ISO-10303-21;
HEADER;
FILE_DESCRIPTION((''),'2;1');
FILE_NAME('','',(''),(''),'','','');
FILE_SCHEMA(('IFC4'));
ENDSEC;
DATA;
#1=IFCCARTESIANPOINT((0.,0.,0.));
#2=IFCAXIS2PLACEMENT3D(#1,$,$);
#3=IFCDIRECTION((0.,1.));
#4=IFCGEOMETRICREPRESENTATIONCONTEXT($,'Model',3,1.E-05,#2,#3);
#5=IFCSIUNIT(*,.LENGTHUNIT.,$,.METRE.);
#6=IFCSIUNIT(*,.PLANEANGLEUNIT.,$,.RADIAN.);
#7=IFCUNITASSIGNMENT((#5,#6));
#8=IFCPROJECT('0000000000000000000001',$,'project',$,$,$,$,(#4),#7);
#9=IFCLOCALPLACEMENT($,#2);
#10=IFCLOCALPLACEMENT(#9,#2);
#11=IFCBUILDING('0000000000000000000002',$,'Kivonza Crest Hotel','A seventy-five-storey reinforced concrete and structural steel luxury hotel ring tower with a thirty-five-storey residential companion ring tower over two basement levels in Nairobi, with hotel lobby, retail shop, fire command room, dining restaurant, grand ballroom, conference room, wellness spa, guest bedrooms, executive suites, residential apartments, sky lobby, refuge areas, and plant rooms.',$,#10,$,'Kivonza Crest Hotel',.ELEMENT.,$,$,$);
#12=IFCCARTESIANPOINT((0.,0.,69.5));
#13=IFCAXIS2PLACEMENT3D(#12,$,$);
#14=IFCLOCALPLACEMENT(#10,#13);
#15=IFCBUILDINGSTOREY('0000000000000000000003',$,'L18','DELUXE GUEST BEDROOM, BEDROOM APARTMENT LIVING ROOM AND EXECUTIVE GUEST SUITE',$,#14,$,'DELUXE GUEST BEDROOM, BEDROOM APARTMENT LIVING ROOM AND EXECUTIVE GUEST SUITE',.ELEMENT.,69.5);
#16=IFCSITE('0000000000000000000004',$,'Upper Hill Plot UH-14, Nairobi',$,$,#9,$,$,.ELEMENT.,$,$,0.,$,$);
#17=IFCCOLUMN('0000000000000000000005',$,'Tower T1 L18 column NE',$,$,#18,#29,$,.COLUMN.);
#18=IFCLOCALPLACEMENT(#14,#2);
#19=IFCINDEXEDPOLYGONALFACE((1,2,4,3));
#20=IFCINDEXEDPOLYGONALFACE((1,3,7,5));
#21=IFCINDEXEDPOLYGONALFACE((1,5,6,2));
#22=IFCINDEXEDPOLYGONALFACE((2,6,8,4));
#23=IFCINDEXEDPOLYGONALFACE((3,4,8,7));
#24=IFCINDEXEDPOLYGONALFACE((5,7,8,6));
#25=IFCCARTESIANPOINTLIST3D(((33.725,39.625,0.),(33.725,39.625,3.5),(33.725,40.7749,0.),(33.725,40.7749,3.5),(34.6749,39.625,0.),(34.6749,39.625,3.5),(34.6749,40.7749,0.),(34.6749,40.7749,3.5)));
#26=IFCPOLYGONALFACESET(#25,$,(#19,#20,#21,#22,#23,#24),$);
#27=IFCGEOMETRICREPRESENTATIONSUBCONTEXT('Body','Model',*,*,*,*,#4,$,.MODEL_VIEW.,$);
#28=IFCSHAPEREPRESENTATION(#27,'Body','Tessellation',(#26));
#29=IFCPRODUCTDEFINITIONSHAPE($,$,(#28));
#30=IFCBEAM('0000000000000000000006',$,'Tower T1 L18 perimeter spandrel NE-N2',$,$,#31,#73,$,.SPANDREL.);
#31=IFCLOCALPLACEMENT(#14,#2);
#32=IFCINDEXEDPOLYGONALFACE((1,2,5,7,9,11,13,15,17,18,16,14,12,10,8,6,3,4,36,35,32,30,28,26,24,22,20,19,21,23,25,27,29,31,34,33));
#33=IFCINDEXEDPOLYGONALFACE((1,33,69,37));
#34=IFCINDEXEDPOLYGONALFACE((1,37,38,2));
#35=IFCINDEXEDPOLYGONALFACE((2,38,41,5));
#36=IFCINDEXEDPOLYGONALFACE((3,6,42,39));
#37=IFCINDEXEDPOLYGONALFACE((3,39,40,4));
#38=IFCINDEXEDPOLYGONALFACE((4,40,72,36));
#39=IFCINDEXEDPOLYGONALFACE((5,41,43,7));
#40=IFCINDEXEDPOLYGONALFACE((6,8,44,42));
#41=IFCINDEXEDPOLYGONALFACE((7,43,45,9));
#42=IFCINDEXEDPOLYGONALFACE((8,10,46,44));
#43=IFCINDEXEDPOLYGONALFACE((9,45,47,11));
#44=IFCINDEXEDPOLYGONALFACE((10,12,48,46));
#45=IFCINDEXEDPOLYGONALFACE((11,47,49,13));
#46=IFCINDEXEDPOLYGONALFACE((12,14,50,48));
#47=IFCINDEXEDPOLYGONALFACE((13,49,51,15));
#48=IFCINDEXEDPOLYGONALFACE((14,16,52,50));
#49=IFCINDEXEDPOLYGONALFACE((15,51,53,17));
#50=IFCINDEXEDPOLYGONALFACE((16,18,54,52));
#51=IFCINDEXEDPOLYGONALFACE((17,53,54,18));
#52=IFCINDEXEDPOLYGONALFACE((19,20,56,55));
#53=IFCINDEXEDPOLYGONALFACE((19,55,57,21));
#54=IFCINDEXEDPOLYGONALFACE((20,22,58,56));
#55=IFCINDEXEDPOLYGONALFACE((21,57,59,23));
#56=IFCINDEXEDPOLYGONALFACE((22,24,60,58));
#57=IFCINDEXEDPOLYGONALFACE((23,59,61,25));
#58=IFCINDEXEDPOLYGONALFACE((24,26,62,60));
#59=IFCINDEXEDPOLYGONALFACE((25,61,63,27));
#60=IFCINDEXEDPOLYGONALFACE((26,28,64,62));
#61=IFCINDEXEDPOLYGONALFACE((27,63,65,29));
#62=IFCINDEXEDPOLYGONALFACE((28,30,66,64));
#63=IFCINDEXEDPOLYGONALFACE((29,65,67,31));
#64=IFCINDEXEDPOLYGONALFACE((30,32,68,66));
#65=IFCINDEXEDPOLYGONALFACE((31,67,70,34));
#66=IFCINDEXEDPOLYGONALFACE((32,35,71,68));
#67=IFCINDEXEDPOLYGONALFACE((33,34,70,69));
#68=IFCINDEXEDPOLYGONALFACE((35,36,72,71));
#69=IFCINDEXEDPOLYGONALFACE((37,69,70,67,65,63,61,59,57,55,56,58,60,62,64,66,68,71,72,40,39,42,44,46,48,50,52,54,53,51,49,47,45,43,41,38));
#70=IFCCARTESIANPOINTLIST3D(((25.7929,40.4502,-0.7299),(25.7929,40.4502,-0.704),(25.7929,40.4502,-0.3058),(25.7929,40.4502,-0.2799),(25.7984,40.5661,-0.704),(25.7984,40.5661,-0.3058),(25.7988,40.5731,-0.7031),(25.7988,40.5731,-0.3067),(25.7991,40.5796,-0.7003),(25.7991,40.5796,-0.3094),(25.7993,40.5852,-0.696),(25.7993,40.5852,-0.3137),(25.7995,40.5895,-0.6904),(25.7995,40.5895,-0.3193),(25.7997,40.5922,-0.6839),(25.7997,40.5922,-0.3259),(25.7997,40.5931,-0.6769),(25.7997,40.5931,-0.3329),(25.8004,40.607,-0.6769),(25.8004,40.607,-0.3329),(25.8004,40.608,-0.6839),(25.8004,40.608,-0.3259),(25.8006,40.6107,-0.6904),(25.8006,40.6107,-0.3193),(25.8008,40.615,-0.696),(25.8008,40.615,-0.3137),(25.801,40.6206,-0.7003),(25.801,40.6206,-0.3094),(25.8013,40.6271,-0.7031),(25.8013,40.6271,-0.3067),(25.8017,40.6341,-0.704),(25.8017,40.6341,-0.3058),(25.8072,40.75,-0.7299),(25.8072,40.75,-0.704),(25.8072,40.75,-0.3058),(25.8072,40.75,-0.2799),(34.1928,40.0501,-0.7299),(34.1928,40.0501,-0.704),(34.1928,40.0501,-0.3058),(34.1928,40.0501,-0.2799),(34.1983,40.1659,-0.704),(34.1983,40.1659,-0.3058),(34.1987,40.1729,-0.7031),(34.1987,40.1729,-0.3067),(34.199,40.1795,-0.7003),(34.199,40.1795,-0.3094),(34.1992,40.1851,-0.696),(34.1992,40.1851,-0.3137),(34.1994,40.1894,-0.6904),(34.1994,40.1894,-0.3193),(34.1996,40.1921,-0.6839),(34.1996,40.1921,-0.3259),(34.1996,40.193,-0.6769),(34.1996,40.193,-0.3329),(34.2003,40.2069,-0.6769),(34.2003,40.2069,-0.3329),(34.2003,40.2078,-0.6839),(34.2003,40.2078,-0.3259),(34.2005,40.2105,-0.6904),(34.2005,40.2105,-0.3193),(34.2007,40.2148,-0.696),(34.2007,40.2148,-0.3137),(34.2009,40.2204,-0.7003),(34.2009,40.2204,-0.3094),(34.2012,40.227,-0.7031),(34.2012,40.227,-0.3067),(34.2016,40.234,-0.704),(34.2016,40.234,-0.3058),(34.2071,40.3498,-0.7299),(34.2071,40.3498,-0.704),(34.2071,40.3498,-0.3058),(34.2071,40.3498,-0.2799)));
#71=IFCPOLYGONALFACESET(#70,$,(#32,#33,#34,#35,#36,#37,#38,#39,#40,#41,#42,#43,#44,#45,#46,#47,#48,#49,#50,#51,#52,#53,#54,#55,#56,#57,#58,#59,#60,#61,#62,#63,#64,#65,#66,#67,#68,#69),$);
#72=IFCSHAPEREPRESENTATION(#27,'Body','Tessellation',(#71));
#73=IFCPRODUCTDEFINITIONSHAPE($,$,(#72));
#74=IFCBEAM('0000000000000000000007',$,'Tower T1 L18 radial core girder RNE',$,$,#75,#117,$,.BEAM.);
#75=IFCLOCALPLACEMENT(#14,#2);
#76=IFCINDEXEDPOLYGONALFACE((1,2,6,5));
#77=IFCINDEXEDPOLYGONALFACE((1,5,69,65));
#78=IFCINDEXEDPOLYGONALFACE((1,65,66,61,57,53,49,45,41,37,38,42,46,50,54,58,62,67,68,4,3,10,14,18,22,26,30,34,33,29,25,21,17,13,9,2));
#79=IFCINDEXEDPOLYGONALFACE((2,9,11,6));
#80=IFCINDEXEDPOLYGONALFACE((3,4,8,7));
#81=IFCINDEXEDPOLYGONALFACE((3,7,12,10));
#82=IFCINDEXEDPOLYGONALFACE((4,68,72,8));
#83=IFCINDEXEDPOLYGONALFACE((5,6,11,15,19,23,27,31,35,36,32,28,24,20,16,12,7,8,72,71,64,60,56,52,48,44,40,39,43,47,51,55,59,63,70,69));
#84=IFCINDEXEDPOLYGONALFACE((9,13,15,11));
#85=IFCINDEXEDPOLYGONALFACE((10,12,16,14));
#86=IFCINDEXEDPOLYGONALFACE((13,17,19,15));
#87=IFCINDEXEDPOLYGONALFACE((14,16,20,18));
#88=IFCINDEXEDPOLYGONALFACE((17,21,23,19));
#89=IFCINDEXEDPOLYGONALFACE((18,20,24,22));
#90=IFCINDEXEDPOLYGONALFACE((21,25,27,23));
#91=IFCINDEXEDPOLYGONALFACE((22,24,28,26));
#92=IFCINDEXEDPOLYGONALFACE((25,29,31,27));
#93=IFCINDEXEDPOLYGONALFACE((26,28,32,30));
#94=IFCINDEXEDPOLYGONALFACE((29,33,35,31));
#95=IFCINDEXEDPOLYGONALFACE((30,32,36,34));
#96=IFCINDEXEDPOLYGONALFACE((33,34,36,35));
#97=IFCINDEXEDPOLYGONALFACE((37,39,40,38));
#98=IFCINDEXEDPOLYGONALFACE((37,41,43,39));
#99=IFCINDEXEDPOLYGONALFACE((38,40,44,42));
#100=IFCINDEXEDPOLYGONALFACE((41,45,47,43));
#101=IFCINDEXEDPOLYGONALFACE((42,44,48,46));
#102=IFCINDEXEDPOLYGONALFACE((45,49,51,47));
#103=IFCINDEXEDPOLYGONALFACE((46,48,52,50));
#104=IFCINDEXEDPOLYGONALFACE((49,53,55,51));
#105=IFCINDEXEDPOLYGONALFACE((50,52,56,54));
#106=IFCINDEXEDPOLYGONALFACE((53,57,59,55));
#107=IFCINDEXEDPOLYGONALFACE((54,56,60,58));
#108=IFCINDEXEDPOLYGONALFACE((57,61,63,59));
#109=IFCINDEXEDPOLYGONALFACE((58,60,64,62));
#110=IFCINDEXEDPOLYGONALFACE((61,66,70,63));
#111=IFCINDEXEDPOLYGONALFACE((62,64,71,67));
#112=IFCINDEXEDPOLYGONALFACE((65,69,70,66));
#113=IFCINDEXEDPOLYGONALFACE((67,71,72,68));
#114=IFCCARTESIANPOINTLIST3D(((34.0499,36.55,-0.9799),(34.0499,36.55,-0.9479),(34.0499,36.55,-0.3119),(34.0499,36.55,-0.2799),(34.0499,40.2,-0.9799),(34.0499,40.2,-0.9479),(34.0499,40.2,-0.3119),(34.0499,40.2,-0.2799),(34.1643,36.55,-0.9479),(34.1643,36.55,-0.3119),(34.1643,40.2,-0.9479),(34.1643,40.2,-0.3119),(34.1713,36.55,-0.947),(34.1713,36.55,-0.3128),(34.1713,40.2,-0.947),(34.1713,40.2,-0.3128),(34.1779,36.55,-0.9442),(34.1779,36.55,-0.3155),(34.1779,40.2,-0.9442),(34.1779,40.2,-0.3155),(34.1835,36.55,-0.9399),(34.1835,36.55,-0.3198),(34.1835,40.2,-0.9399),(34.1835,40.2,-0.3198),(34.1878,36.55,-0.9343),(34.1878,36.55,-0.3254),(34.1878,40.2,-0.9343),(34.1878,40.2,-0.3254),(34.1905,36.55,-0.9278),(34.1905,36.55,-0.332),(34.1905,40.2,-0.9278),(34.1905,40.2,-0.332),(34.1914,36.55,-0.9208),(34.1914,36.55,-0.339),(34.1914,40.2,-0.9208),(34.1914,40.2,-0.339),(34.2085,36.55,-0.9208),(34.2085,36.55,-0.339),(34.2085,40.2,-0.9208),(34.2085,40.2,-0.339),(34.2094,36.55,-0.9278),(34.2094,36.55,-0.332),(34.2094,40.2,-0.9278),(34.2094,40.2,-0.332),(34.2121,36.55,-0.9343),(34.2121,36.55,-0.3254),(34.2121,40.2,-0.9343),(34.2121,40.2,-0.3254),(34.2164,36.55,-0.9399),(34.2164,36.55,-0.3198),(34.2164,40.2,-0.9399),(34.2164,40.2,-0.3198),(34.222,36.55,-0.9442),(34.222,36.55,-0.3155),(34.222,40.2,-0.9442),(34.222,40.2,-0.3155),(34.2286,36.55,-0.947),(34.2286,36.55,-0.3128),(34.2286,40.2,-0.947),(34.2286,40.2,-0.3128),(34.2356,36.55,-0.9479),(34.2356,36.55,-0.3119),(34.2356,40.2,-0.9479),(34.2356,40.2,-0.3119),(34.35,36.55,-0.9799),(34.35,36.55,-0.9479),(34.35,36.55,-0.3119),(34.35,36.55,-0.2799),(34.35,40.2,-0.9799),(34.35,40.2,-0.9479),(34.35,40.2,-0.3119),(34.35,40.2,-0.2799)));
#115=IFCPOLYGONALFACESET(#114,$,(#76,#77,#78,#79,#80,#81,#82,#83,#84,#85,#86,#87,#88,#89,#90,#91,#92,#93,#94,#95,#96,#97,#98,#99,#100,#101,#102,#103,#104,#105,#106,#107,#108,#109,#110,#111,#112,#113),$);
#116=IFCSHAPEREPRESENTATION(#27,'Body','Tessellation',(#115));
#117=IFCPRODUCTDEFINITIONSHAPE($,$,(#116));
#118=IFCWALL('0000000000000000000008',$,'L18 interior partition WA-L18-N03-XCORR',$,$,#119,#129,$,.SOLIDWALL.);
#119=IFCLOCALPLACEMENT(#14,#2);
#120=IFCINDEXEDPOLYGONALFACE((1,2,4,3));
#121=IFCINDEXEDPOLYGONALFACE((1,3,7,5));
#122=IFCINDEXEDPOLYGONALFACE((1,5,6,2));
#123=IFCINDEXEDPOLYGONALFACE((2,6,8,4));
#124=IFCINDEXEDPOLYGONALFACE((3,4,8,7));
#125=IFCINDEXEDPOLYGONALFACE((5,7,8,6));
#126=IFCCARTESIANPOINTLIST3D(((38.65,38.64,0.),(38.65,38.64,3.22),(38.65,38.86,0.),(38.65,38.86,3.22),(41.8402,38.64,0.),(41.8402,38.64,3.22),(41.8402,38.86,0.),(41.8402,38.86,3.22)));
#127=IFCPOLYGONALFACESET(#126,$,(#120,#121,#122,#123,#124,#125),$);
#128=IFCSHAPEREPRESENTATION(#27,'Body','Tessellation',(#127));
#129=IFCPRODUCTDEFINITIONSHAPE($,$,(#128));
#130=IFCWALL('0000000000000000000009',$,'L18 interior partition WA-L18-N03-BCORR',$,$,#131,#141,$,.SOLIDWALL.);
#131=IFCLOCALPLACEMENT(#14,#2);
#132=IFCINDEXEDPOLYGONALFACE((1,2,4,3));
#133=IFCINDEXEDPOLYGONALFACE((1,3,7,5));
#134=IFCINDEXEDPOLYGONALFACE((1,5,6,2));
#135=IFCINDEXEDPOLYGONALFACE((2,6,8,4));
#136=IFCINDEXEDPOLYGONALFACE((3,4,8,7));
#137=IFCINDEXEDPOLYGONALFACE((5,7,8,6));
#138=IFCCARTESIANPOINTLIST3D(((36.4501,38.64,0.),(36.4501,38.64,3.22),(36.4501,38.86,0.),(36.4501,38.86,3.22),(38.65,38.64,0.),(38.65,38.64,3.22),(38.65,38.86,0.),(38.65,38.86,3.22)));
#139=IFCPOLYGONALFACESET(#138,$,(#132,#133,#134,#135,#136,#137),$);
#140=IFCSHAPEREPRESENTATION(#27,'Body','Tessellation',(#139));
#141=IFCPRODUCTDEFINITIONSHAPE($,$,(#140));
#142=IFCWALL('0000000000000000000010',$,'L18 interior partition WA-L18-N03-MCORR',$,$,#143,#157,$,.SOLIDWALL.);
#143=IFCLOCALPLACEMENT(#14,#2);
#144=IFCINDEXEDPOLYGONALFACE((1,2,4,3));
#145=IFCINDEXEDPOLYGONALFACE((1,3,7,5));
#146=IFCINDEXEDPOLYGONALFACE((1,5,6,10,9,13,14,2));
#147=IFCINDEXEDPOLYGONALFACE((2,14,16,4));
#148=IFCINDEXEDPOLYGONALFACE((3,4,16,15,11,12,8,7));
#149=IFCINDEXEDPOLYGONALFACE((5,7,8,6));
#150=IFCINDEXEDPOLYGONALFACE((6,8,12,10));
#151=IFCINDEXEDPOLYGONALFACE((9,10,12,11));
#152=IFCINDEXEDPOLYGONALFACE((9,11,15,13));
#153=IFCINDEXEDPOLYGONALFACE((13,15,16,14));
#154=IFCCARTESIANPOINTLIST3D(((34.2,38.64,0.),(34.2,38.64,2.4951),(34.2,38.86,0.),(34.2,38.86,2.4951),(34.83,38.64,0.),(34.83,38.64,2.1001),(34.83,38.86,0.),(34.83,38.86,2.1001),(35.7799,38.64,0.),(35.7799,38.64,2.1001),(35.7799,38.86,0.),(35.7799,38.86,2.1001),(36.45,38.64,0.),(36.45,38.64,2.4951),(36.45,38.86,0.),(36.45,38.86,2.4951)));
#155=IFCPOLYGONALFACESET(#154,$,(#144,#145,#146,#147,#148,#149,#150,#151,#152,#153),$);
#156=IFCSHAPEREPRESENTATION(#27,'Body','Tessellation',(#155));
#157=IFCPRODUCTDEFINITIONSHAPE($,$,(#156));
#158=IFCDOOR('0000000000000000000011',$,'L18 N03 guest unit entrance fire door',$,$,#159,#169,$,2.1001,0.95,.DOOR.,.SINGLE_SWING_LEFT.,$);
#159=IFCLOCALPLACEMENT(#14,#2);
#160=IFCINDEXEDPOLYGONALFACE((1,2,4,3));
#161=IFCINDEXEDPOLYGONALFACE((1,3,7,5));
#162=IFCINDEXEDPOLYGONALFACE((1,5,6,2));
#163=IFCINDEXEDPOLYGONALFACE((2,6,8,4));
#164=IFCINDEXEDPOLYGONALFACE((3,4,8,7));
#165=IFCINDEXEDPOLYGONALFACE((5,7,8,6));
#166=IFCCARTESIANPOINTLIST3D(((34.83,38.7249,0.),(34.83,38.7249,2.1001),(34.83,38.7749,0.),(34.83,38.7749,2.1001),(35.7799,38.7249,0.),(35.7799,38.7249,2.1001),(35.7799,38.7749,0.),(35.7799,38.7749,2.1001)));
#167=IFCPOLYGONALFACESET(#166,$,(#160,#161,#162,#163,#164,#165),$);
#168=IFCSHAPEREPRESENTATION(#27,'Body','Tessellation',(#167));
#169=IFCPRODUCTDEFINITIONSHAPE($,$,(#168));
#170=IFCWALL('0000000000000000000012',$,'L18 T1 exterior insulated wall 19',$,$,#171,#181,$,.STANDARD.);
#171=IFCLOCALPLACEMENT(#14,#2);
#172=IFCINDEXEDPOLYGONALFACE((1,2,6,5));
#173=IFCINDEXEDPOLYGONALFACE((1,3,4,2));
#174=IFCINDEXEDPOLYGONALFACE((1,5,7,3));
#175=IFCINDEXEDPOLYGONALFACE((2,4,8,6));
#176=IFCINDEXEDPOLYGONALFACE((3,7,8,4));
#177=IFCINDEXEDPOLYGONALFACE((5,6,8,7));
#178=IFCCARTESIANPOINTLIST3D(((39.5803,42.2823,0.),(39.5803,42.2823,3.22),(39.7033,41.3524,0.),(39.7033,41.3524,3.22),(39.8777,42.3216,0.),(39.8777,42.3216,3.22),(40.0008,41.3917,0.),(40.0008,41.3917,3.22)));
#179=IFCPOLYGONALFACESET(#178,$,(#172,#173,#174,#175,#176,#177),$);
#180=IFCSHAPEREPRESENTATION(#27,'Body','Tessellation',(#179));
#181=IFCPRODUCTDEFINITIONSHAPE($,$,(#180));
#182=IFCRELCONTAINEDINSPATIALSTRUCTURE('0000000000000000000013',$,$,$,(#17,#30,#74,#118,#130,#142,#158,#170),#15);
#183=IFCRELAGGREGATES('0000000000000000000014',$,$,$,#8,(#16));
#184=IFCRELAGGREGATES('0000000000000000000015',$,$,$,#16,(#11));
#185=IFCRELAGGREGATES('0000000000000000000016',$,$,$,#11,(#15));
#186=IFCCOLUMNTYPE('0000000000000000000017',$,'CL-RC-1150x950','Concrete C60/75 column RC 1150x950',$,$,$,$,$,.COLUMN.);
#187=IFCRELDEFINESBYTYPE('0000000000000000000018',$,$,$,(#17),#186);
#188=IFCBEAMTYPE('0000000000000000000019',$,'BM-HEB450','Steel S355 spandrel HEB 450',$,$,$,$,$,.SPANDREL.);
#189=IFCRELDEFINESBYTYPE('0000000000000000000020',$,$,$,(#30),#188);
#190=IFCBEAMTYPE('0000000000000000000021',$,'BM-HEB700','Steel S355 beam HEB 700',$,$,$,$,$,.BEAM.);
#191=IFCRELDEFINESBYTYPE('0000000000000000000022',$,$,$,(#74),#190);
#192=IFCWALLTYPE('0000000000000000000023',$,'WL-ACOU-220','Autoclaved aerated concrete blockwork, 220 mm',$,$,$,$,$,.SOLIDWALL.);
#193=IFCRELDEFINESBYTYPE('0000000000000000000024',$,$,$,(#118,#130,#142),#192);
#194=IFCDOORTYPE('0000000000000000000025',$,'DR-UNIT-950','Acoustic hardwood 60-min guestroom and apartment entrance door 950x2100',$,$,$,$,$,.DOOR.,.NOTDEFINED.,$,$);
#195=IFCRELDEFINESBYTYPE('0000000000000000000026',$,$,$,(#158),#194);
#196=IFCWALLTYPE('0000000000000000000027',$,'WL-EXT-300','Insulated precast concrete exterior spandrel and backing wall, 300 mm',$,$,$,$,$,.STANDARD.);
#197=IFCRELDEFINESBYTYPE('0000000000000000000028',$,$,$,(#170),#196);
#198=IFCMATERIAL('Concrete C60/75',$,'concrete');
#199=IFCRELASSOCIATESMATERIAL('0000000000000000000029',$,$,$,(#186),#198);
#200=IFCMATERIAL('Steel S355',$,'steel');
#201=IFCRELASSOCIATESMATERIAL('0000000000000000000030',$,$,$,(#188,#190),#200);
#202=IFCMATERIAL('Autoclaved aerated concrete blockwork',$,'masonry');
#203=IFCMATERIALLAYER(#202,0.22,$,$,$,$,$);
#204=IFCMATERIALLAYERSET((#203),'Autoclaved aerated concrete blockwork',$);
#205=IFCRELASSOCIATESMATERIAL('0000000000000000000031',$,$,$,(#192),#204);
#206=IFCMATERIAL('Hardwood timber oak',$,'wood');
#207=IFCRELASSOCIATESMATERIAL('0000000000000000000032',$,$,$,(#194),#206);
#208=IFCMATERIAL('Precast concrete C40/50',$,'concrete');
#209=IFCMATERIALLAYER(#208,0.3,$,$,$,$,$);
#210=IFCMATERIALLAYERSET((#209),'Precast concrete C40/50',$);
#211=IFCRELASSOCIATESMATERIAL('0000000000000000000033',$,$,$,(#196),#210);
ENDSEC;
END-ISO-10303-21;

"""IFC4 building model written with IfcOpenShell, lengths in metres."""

from ifc_helpers import new_model, si_unit, direction, frame, frame_2d, origin, origin_2d, place, context, subcontext, project, spatial, rectangle, i_section, extrude, material, layer, layer_set, material_profile, profile_set, type_object, element, fill, save


model = new_model("IFC4")

# Units and contexts
model_context = context("Model", 3, precision=1e-05, world=origin(), true_north=direction((0.0, 1.0)))
body_context = subcontext(model_context, "Body", "Model", "MODEL_VIEW")
ifc_project = project(units=[si_unit("LENGTHUNIT", "METRE"), si_unit("PLANEANGLEUNIT", "RADIAN")], contexts=[model_context])

# Site, building, storey
site_placement = place(None, origin())
site = spatial("IfcSite", under=ifc_project, at=site_placement, Name="Upper Hill Plot UH-14, Nairobi", CompositionType="ELEMENT", RefElevation=0.0)
building_placement = place(site_placement, origin())
building = spatial("IfcBuilding", under=site, at=building_placement, Name="Kivonza Crest Hotel", Description="A seventy-five-storey reinforced concrete and structural steel luxury hotel ring tower with a thirty-five-storey residential companion ring tower over two basement levels in Nairobi, with hotel lobby, retail shop, fire command room, dining restaurant, grand ballroom, conference room, wellness spa, guest bedrooms, executive suites, residential apartments, sky lobby, refuge areas, and plant rooms.", LongName="Kivonza Crest Hotel", CompositionType="ELEMENT")
storey_placement = place(building_placement, frame((0.0, 0.0, 69.5)))
storey = spatial("IfcBuildingStorey", under=building, at=storey_placement, Name="L18", Description="DELUXE GUEST BEDROOM, BEDROOM APARTMENT LIVING ROOM AND EXECUTIVE GUEST SUITE", LongName="DELUXE GUEST BEDROOM, BEDROOM APARTMENT LIVING ROOM AND EXECUTIVE GUEST SUITE", CompositionType="ELEMENT", Elevation=69.5)

# Column
ifc_material_1 = material(Name="Concrete C60/75", Category="concrete")
ifc_material_profile_1 = material_profile(ifc_material_1, rectangle(XDim=0.95, YDim=1.1499, at=origin_2d()), Name="RC 1150x950")
ifc_profile_set_1 = profile_set([ifc_material_profile_1], Name="Concrete C60/75")
column_type = type_object("IfcColumnType", Name="CL-RC-1150x950", Description="Concrete C60/75 column RC 1150x950", PredefinedType="COLUMN", material=ifc_profile_set_1)
column_placement = place(storey_placement, frame((34.2, 40.2, 0.0), z_axis=(0.0, 0.0, 1.0), x_axis=(1.0, 0.0, 0.0)))
element("IfcColumn", 1, at=column_placement, inside=storey, type_object=column_type, Name="Tower T1 L18 column NE", PredefinedType="COLUMN", context=body_context, shape_type="SweptSolid", body=[
    extrude(rectangle(XDim=0.95, YDim=1.1499, at=origin_2d()), origin(), (0.0, 0.0, 1.0), 3.5),
])

# Beams
ifc_material_2 = material(Name="Steel S355", Category="steel")
ifc_material_profile_2 = material_profile(ifc_material_2, i_section(OverallWidth=0.3, OverallDepth=0.45, WebThickness=0.0139, FlangeThickness=0.0259, FilletRadius=0.0271, at=origin_2d()), Name="HEB 450")
ifc_profile_set_2 = profile_set([ifc_material_profile_2], Name="Steel S355")
beam_type_1 = type_object("IfcBeamType", Name="BM-HEB450", Description="Steel S355 spandrel HEB 450", PredefinedType="SPANDREL", material=ifc_profile_set_2)
beam_1_placement = place(storey_placement, frame((34.2, 40.2, -0.5049), z_axis=(-0.998867, 0.047583, 0.0), x_axis=(-0.047583, -0.998867, 0.0)))
element("IfcBeam", 2, at=beam_1_placement, inside=storey, type_object=beam_type_1, Name="Tower T1 L18 perimeter spandrel NE-N2", PredefinedType="SPANDREL", context=body_context, shape_type="SweptSolid", body=[
    extrude(i_section(OverallWidth=0.3, OverallDepth=0.45, WebThickness=0.0139, FlangeThickness=0.0259, FilletRadius=0.0271, at=origin_2d()), origin(), (0.0, 0.0, 1.0), 8.4094),
])
ifc_material_profile_3 = material_profile(ifc_material_2, i_section(OverallWidth=0.3, OverallDepth=0.7, WebThickness=0.0171, FlangeThickness=0.032, FilletRadius=0.0271, at=origin_2d()), Name="HEB 700")
ifc_profile_set_3 = profile_set([ifc_material_profile_3], Name="Steel S355")
beam_type_2 = type_object("IfcBeamType", Name="BM-HEB700", Description="Steel S355 beam HEB 700", PredefinedType="BEAM", material=ifc_profile_set_3)
beam_2_placement = place(storey_placement, frame((34.2, 40.2, -0.6299), z_axis=(0.0, -1.0, 0.0), x_axis=(1.0, 0.0, 0.0)))
element("IfcBeam", 3, at=beam_2_placement, inside=storey, type_object=beam_type_2, Name="Tower T1 L18 radial core girder RNE", PredefinedType="BEAM", context=body_context, shape_type="SweptSolid", body=[
    extrude(i_section(OverallWidth=0.3, OverallDepth=0.7, WebThickness=0.0171, FlangeThickness=0.032, FilletRadius=0.0271, at=origin_2d()), origin(), (0.0, 0.0, 1.0), 3.6499),
])

# Walls
ifc_material_3 = material(Name="Autoclaved aerated concrete blockwork", Category="masonry")
ifc_layer_1 = layer(ifc_material_3, 0.22)
ifc_layer_set_1 = layer_set([ifc_layer_1], Name="Autoclaved aerated concrete blockwork")
wall_type_1 = type_object("IfcWallType", Name="WL-ACOU-220", Description="Autoclaved aerated concrete blockwork, 220 mm", PredefinedType="SOLIDWALL", material=ifc_layer_set_1)
wall_1_placement = place(storey_placement, frame((38.6499, 38.75, 0.0), z_axis=(0.0, 0.0, 1.0), x_axis=(1.0, 0.0, 0.0)))
element("IfcWall", 4, at=wall_1_placement, inside=storey, type_object=wall_type_1, Name="L18 interior partition WA-L18-N03-XCORR", PredefinedType="SOLIDWALL", context=body_context, shape_type="SweptSolid", body=[
    extrude(rectangle(XDim=3.1902, YDim=0.22, at=frame_2d((1.5952, 0.0))), origin(), (0.0, 0.0, 1.0), 3.22),
])
wall_2_placement = place(storey_placement, frame((36.45, 38.75, 0.0), z_axis=(0.0, 0.0, 1.0), x_axis=(1.0, 0.0, 0.0)))
element("IfcWall", 5, at=wall_2_placement, inside=storey, type_object=wall_type_1, Name="L18 interior partition WA-L18-N03-BCORR", PredefinedType="SOLIDWALL", context=body_context, shape_type="SweptSolid", body=[
    extrude(rectangle(XDim=2.2, YDim=0.22, at=frame_2d((1.1001, 0.0))), origin(), (0.0, 0.0, 1.0), 3.22),
])

# Wall, opening, door
wall_3_placement = place(storey_placement, frame((34.2, 38.75, 0.0), z_axis=(0.0, 0.0, 1.0), x_axis=(1.0, 0.0, 0.0)))
wall_3 = element("IfcWall", 6, at=wall_3_placement, inside=storey, type_object=wall_type_1, Name="L18 interior partition WA-L18-N03-MCORR", PredefinedType="SOLIDWALL", context=body_context, shape_type="SweptSolid", body=[
    extrude(rectangle(XDim=2.25, YDim=0.22, at=frame_2d((1.125, 0.0))), origin(), (0.0, 0.0, 1.0), 2.4951),
])
opening_1_placement = place(wall_3_placement, frame((0.6299, 0.0, 0.0)))
opening_1 = element("IfcOpeningElement", 7, at=opening_1_placement, cuts=wall_3, PredefinedType="OPENING", context=body_context, shape_type="SweptSolid", body=[
    extrude(rectangle(XDim=0.95, YDim=2.1001, at=frame_2d((0.4751, 1.05))), frame((0.0, 0.1201, 0.0), z_axis=(0.0, -1.0, 0.0), x_axis=(1.0, 0.0, 0.0)), (0.0, 0.0, 1.0), 0.24),
])
ifc_material_4 = material(Name="Hardwood timber oak", Category="wood")
door_type_1 = type_object("IfcDoorType", Name="DR-UNIT-950", Description="Acoustic hardwood 60-min guestroom and apartment entrance door 950x2100", OperationType="NOTDEFINED", PredefinedType="DOOR", material=ifc_material_4)
door_1_placement = place(opening_1_placement, origin())
door_1 = element("IfcDoor", 8, at=door_1_placement, inside=storey, type_object=door_type_1, Name="L18 N03 guest unit entrance fire door", OperationType="SINGLE_SWING_LEFT", OverallHeight=2.1001, OverallWidth=0.95, PredefinedType="DOOR", context=body_context, shape_type="SweptSolid", body=[
    extrude(rectangle(XDim=0.95, YDim=2.1001, at=frame_2d((0.4751, 1.05))), frame((0.0, 0.0249, 0.0), z_axis=(0.0, -1.0, 0.0), x_axis=(1.0, 0.0, 0.0)), (0.0, 0.0, 1.0), 0.05),
])
fill(opening_1, door_1)

# Wall
ifc_material_5 = material(Name="Precast concrete C40/50", Category="concrete")
ifc_layer_2 = layer(ifc_material_5, 0.3)
ifc_layer_set_2 = layer_set([ifc_layer_2], Name="Precast concrete C40/50")
wall_type_2 = type_object("IfcWallType", Name="WL-EXT-300", Description="Insulated precast concrete exterior spandrel and backing wall, 300 mm", PredefinedType="STANDARD", material=ifc_layer_set_2)
wall_4_placement = place(storey_placement, frame((39.8521, 41.3721, 0.0), z_axis=(0.0, 0.0, 1.0), x_axis=(-0.131175, 0.991359, 0.0)))
element("IfcWall", 9, at=wall_4_placement, inside=storey, type_object=wall_type_2, Name="L18 T1 exterior insulated wall 19", PredefinedType="STANDARD", context=body_context, shape_type="SweptSolid", body=[
    extrude(rectangle(XDim=0.938, YDim=0.3, at=frame_2d((0.469, 0.0))), origin(), (0.0, 0.0, 1.0), 3.22),
])

save(model, "model.ifc")
